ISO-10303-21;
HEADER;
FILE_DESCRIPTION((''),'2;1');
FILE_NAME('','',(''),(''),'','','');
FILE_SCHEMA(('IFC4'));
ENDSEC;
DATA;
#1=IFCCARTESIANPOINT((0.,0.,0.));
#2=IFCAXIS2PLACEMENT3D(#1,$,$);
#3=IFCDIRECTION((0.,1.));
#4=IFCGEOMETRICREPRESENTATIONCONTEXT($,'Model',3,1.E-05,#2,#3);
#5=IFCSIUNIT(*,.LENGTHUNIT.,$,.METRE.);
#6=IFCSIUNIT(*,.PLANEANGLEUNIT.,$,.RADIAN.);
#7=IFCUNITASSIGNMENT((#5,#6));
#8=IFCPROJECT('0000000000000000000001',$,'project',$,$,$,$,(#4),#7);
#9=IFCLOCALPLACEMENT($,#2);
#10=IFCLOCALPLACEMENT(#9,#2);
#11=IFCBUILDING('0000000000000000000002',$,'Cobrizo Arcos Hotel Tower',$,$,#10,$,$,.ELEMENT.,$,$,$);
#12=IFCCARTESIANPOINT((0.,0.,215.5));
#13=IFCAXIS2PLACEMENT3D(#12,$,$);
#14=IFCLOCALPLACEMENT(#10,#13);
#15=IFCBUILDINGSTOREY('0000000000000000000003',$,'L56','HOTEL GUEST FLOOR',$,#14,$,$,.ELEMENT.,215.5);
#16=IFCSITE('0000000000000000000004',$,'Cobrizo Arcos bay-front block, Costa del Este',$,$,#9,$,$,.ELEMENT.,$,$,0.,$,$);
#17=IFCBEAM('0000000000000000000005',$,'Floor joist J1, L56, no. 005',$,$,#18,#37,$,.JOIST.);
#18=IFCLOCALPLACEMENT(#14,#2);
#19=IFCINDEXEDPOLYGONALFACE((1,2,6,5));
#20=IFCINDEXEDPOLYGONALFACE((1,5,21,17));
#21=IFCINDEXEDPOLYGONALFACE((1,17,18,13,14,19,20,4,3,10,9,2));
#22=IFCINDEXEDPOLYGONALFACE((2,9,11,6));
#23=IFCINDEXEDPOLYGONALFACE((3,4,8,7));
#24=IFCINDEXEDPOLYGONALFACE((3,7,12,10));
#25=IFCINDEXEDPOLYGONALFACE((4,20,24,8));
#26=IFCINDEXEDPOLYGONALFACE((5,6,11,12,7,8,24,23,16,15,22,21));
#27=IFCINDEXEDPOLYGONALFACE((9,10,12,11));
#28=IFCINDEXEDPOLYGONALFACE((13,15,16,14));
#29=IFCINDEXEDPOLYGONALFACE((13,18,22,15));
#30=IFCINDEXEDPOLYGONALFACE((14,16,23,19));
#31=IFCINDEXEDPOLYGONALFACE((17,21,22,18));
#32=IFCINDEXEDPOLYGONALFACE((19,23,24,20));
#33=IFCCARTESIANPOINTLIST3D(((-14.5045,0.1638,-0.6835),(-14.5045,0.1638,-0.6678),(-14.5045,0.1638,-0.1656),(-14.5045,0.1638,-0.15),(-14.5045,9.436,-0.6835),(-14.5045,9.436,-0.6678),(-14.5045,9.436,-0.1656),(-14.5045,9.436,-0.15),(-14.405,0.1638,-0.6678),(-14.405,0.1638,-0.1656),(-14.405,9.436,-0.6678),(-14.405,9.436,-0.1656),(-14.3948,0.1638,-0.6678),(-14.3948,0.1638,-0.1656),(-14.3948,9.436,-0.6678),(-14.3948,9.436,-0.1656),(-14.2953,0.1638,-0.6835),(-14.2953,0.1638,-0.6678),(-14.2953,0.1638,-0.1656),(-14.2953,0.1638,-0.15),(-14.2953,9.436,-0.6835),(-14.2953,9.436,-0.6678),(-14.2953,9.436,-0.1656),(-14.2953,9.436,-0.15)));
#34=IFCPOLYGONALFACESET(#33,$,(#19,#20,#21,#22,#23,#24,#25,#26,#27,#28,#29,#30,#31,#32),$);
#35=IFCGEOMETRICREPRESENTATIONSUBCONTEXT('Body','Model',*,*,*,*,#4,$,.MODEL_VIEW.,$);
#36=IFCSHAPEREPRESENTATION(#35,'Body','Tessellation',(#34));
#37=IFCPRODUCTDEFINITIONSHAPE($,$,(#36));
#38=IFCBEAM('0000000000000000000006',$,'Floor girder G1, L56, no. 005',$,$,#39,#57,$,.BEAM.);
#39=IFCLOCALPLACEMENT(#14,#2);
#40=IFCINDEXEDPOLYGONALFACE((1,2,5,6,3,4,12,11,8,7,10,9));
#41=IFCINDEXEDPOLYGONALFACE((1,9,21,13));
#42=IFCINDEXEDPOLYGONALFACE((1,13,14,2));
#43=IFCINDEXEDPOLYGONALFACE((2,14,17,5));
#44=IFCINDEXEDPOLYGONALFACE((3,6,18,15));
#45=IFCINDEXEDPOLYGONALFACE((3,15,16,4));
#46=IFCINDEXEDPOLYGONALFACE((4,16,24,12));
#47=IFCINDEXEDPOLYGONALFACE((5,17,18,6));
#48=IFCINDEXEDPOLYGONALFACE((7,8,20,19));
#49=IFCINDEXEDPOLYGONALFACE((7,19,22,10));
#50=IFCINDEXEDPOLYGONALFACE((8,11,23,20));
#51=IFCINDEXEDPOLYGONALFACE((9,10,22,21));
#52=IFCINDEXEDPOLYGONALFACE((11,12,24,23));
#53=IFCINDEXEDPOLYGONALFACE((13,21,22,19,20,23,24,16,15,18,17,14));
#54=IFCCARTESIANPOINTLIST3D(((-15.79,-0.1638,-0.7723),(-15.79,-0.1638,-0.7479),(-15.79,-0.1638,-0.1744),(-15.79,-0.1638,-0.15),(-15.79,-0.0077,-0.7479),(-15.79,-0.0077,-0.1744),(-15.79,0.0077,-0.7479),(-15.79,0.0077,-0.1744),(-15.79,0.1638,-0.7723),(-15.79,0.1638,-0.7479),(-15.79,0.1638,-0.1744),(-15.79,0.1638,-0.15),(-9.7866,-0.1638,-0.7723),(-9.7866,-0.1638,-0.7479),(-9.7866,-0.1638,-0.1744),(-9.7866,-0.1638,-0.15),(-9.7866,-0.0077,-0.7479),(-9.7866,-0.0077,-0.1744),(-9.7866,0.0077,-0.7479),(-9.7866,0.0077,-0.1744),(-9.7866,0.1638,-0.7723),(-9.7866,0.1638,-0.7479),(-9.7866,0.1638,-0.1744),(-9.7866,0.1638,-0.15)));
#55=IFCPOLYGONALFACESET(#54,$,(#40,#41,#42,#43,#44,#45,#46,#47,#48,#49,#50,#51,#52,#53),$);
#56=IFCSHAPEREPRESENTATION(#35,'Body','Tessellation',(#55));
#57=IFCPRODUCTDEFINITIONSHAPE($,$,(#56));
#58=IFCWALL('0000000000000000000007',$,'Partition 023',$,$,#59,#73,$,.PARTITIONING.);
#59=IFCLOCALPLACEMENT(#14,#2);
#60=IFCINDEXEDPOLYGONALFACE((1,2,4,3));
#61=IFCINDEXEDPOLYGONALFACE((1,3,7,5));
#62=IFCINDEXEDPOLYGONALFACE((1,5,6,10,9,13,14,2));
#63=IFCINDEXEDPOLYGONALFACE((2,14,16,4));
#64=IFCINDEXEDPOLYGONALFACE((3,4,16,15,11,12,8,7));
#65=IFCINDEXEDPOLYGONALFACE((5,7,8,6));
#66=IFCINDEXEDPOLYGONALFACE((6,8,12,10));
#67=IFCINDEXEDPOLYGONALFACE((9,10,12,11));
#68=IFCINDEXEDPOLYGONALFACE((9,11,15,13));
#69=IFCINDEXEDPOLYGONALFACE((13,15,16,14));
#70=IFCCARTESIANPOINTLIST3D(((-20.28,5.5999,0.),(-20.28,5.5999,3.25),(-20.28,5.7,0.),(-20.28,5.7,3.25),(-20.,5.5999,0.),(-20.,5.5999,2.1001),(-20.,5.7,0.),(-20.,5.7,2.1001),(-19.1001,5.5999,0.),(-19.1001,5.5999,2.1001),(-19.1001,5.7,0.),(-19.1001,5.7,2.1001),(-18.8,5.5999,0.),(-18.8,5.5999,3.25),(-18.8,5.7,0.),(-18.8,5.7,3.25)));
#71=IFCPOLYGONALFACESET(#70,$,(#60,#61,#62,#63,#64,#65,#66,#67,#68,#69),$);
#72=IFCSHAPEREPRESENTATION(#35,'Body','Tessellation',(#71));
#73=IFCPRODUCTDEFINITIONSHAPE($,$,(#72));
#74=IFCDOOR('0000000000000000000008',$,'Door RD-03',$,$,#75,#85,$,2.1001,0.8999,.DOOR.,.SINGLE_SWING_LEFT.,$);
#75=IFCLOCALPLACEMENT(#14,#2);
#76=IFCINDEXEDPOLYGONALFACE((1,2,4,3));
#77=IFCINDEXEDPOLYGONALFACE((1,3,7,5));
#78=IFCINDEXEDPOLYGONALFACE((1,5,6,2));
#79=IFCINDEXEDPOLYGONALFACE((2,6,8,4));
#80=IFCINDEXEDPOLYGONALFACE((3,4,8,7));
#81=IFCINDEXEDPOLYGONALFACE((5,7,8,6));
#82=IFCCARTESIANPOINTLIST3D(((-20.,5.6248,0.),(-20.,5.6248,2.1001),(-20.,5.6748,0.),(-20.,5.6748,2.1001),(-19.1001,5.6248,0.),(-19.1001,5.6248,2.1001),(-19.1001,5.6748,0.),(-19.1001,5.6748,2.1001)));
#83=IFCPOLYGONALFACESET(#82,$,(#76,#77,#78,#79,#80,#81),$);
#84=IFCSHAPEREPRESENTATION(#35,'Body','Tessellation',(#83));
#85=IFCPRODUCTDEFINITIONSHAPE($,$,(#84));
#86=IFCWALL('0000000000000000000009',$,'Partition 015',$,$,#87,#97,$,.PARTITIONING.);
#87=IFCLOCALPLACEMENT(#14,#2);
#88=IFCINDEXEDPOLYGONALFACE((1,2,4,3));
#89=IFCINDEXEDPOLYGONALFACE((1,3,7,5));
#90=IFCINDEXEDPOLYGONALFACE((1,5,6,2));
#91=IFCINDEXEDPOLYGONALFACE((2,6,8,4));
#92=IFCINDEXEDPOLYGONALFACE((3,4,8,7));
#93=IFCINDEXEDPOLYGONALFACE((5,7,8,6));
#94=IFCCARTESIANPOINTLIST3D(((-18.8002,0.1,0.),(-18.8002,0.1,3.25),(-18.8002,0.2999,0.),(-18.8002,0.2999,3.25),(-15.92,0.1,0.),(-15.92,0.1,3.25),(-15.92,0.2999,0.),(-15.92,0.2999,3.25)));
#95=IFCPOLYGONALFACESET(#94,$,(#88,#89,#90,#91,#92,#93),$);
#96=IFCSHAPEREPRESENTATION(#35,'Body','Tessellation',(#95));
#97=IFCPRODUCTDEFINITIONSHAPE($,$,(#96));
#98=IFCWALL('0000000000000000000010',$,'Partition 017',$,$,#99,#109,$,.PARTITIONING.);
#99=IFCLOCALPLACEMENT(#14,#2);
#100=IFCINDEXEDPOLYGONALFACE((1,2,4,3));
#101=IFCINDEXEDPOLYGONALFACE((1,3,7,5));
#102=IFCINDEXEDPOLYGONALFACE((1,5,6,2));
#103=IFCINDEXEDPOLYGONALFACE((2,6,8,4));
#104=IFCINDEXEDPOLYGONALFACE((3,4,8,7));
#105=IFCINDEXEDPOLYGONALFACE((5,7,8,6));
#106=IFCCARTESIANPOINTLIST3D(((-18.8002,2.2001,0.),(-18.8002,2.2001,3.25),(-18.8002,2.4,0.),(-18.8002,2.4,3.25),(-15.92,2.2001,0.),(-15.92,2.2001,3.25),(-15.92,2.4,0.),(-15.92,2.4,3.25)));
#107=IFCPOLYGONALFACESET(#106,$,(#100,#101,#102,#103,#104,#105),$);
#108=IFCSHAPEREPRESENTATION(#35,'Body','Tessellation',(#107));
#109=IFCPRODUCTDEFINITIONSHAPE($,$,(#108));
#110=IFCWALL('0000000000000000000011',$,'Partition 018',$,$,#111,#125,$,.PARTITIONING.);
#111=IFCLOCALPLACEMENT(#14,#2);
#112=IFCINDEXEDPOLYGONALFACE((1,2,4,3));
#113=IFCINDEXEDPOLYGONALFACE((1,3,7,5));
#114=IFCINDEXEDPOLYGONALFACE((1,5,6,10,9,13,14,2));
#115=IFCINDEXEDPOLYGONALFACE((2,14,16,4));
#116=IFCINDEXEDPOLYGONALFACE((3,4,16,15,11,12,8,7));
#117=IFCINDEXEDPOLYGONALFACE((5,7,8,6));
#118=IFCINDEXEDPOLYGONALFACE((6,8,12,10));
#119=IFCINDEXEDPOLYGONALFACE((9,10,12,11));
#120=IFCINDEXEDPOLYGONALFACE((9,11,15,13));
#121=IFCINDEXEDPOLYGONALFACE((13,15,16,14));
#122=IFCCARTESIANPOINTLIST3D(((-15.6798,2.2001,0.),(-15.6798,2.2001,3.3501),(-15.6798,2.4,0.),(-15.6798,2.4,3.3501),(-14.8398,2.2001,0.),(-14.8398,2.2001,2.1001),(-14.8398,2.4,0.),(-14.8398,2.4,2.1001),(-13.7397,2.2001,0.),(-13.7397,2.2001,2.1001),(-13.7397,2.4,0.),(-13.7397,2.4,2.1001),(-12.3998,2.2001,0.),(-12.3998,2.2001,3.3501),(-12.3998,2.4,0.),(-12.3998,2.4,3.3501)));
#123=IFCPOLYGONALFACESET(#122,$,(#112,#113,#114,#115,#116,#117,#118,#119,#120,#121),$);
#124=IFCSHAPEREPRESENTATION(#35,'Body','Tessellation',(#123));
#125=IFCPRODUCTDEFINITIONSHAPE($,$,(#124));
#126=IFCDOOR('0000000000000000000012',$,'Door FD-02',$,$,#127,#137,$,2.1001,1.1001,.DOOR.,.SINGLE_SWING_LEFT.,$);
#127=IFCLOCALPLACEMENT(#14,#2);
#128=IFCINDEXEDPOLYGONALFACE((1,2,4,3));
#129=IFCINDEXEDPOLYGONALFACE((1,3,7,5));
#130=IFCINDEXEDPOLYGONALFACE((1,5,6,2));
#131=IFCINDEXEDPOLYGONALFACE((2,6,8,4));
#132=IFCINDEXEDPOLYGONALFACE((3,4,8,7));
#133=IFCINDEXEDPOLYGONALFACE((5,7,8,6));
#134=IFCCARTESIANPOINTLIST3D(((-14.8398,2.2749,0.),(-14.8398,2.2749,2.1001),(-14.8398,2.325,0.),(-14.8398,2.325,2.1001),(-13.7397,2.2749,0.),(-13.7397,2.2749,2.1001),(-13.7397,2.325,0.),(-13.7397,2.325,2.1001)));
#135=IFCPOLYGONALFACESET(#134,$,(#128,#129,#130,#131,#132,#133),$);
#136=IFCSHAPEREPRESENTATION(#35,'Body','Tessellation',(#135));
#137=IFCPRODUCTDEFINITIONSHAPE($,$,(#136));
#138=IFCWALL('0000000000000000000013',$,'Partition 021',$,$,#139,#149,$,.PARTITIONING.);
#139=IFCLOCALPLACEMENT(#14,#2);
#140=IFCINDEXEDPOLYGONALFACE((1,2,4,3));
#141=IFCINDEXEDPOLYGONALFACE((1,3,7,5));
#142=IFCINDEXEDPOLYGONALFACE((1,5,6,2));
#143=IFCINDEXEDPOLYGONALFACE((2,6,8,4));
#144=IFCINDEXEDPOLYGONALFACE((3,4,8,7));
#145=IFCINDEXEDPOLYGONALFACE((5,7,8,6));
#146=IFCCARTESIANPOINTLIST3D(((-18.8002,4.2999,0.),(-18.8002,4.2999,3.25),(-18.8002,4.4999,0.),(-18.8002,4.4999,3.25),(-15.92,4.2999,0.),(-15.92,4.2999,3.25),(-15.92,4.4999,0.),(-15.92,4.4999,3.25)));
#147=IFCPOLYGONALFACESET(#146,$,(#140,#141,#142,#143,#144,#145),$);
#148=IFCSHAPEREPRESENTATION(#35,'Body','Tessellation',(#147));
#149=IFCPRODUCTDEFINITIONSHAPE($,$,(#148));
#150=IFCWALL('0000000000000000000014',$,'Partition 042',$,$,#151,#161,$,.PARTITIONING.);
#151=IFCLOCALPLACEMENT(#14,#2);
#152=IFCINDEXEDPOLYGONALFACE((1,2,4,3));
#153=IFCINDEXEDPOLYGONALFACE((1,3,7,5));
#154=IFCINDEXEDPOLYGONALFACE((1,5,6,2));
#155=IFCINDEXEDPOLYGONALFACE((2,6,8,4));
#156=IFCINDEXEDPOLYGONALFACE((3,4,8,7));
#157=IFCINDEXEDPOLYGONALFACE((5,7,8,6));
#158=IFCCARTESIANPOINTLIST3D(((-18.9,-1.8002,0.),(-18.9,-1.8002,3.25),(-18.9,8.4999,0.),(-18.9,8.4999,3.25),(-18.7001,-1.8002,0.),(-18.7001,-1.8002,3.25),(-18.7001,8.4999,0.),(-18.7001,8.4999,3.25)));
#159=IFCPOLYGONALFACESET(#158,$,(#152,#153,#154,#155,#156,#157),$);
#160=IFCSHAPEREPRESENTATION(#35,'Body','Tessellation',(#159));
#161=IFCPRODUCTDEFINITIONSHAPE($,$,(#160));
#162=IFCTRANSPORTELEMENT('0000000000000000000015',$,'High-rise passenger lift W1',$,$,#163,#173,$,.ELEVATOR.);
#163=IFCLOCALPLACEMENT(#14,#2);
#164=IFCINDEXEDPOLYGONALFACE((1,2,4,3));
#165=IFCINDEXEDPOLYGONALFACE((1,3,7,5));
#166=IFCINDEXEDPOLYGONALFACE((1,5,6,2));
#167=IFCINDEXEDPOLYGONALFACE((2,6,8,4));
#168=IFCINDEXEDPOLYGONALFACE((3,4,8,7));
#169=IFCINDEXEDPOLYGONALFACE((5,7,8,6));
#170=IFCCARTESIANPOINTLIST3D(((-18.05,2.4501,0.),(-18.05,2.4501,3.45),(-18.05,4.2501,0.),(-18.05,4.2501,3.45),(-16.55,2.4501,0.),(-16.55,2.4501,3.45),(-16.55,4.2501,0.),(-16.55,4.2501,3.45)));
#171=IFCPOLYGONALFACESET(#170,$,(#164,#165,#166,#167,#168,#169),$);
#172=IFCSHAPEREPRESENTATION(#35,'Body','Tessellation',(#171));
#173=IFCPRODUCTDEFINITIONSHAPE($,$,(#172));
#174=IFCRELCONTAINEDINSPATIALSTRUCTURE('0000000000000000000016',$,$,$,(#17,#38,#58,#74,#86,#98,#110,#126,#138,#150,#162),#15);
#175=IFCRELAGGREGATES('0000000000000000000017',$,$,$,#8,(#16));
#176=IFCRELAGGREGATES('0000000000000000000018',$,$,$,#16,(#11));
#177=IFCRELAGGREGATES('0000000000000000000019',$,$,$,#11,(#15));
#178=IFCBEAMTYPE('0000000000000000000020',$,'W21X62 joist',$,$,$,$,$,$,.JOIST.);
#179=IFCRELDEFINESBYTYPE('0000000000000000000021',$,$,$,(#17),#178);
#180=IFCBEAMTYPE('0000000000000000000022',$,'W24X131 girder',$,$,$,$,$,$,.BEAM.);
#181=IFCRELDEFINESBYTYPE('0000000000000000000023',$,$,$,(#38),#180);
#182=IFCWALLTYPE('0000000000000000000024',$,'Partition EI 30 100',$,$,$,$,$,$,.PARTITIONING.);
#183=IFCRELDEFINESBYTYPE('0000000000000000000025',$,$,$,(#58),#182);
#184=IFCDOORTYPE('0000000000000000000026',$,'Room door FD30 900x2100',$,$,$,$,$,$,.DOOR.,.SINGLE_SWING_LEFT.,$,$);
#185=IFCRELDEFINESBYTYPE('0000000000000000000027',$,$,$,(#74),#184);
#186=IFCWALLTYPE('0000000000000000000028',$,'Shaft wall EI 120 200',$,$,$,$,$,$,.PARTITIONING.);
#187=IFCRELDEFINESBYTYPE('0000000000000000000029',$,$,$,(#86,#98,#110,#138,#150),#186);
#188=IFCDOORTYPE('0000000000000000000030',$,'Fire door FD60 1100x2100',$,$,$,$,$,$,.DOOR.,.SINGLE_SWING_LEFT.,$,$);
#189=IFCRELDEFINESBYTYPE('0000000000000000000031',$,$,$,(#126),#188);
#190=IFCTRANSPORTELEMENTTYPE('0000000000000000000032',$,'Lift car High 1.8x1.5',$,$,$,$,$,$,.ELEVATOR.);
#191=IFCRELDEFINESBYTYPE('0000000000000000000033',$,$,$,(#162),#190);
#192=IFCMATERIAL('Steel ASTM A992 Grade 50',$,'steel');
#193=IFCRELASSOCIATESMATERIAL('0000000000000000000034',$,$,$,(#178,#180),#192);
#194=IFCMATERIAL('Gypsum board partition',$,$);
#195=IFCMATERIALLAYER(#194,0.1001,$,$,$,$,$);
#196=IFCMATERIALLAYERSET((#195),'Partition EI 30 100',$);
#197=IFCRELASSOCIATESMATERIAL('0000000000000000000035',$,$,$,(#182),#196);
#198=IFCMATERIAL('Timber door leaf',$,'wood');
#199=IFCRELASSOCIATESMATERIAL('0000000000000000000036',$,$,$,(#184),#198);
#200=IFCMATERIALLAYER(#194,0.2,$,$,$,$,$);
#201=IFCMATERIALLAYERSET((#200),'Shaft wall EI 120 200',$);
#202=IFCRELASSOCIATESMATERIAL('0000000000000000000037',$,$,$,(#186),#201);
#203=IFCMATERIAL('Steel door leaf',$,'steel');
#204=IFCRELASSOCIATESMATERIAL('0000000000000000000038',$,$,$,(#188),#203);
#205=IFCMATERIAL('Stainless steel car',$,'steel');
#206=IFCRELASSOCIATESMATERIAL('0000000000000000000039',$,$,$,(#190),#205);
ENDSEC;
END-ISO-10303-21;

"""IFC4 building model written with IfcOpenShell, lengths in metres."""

from ifc_helpers import new_model, si_unit, direction, frame, frame_2d, origin, origin_2d, place, context, subcontext, project, spatial, rectangle, i_section, extrude, material, layer, layer_set, material_profile, profile_set, type_object, element, fill, save


model = new_model("IFC4")

# Units and contexts
model_context = context("Model", 3, precision=1e-05, world=origin(), true_north=direction((0.0, 1.0)))
body_context = subcontext(model_context, "Body", "Model", "MODEL_VIEW")
ifc_project = project(units=[si_unit("LENGTHUNIT", "METRE"), si_unit("PLANEANGLEUNIT", "RADIAN")], contexts=[model_context])

# Site, building, storey
site_placement = place(None, origin())
site = spatial("IfcSite", under=ifc_project, at=site_placement, Name="Cobrizo Arcos bay-front block, Costa del Este", CompositionType="ELEMENT", RefElevation=0.0)
building_placement = place(site_placement, origin())
building = spatial("IfcBuilding", under=site, at=building_placement, Name="Cobrizo Arcos Hotel Tower", CompositionType="ELEMENT")
storey_placement = place(building_placement, frame((0.0, 0.0, 215.5)))
storey = spatial("IfcBuildingStorey", under=building, at=storey_placement, Name="L56", Description="HOTEL GUEST FLOOR", CompositionType="ELEMENT", Elevation=215.5)

# Beams
ifc_material_1 = material(Name="Steel ASTM A992 Grade 50", Category="steel")
ifc_material_profile_1 = material_profile(ifc_material_1, i_section(OverallWidth=0.2092, OverallDepth=0.5334, WebThickness=0.0103, FlangeThickness=0.0156, at=origin_2d()), Name="W21X62")
ifc_profile_set_1 = profile_set([ifc_material_profile_1], Name="Steel ASTM A992 Grade 50")
beam_type_1 = type_object("IfcBeamType", Name="W21X62 joist", PredefinedType="JOIST", material=ifc_profile_set_1)
beam_1_placement = place(storey_placement, frame((-14.3999, 0.1638, -0.4167), z_axis=(0.0, 1.0, 0.0), x_axis=(-1.0, 0.0, 0.0)))
element("IfcBeam", 1, at=beam_1_placement, inside=storey, type_object=beam_type_1, Name="Floor joist J1, L56, no. 005", PredefinedType="JOIST", context=body_context, shape_type="SweptSolid", body=[
    extrude(i_section(OverallWidth=0.2092, OverallDepth=0.5334, WebThickness=0.0103, FlangeThickness=0.0156, at=origin_2d()), origin(), (0.0, 0.0, 1.0), 9.2722),
])
ifc_material_profile_2 = material_profile(ifc_material_1, i_section(OverallWidth=0.3276, OverallDepth=0.6223, WebThickness=0.0154, FlangeThickness=0.0244, at=origin_2d()), Name="W24X131")
ifc_profile_set_2 = profile_set([ifc_material_profile_2], Name="Steel ASTM A992 Grade 50")
beam_type_2 = type_object("IfcBeamType", Name="W24X131 girder", PredefinedType="BEAM", material=ifc_profile_set_2)
beam_2_placement = place(storey_placement, frame((-15.79, 0.0, -0.4612), z_axis=(1.0, 0.0, 0.0), x_axis=(0.0, 1.0, 0.0)))
element("IfcBeam", 2, at=beam_2_placement, inside=storey, type_object=beam_type_2, Name="Floor girder G1, L56, no. 005", PredefinedType="BEAM", context=body_context, shape_type="SweptSolid", body=[
    extrude(i_section(OverallWidth=0.3276, OverallDepth=0.6223, WebThickness=0.0154, FlangeThickness=0.0244, at=origin_2d()), origin(), (0.0, 0.0, 1.0), 6.0034),
])

# Wall, opening, door
ifc_material_2 = material(Name="Gypsum board partition")
ifc_layer_1 = layer(ifc_material_2, 0.1001)
ifc_layer_set_1 = layer_set([ifc_layer_1], Name="Partition EI 30 100")
wall_type_1 = type_object("IfcWallType", Name="Partition EI 30 100", PredefinedType="PARTITIONING", material=ifc_layer_set_1)
wall_1_placement = place(storey_placement, frame((-20.28, 5.6499, 0.0), z_axis=(0.0, 0.0, 1.0), x_axis=(1.0, 0.0, 0.0)))
wall_1 = element("IfcWall", 3, at=wall_1_placement, inside=storey, type_object=wall_type_1, Name="Partition 023", PredefinedType="PARTITIONING", context=body_context, shape_type="SweptSolid", body=[
    extrude(rectangle(XDim=1.48, YDim=0.1001, at=frame_2d((0.74, 0.0))), origin(), (0.0, 0.0, 1.0), 3.25),
])
opening_1_placement = place(wall_1_placement, frame((0.28, 0.0, 0.0)))
opening_1 = element("IfcOpeningElement", 4, at=opening_1_placement, cuts=wall_1, PredefinedType="OPENING", context=body_context, shape_type="SweptSolid", body=[
    extrude(rectangle(XDim=0.8999, YDim=2.1001, at=frame_2d((0.45, 1.05))), frame((0.0, 0.062, 0.0), z_axis=(0.0, -1.0, 0.0), x_axis=(1.0, 0.0, 0.0)), (0.0, 0.0, 1.0), 0.124),
])
ifc_material_3 = material(Name="Timber door leaf", Category="wood")
door_type_1 = type_object("IfcDoorType", Name="Room door FD30 900x2100", OperationType="SINGLE_SWING_LEFT", PredefinedType="DOOR", material=ifc_material_3)
door_1_placement = place(opening_1_placement, origin())
door_1 = element("IfcDoor", 5, at=door_1_placement, inside=storey, type_object=door_type_1, Name="Door RD-03", OperationType="SINGLE_SWING_LEFT", OverallHeight=2.1001, OverallWidth=0.8999, PredefinedType="DOOR", context=body_context, shape_type="SweptSolid", body=[
    extrude(rectangle(XDim=0.8999, YDim=2.1001, at=frame_2d((0.45, 1.05))), frame((0.0, 0.0249, 0.0), z_axis=(0.0, -1.0, 0.0), x_axis=(1.0, 0.0, 0.0)), (0.0, 0.0, 1.0), 0.05),
])
fill(opening_1, door_1)

# Walls
ifc_layer_2 = layer(ifc_material_2, 0.2)
ifc_layer_set_2 = layer_set([ifc_layer_2], Name="Shaft wall EI 120 200")
wall_type_2 = type_object("IfcWallType", Name="Shaft wall EI 120 200", PredefinedType="PARTITIONING", material=ifc_layer_set_2)
for number, where, z_axis, x_axis, name in (
    (6, (-18.8, 0.2, 0.0), (0.0, 0.0, 1.0), (1.0, 0.0, 0.0), "Partition 015"),
    (7, (-18.8, 2.3, 0.0), (0.0, 0.0, 1.0), (1.0, 0.0, 0.0), "Partition 017"),
):
    element("IfcWall", number, at=place(storey_placement, frame(where, z_axis=z_axis, x_axis=x_axis)), inside=storey, type_object=wall_type_2, Name=name, PredefinedType="PARTITIONING", context=body_context, shape_type="SweptSolid", body=[
        extrude(rectangle(XDim=2.8801, YDim=0.2, at=frame_2d((1.4399, 0.0))), origin(), (0.0, 0.0, 1.0), 3.25),
    ])

# Wall, opening, door
wall_2_placement = place(storey_placement, frame((-15.6799, 2.3, 0.0), z_axis=(0.0, 0.0, 1.0), x_axis=(1.0, 0.0, 0.0)))
wall_2 = element("IfcWall", 8, at=wall_2_placement, inside=storey, type_object=wall_type_2, Name="Partition 018", PredefinedType="PARTITIONING", context=body_context, shape_type="SweptSolid", body=[
    extrude(rectangle(XDim=3.28, YDim=0.2, at=frame_2d((1.6401, 0.0))), origin(), (0.0, 0.0, 1.0), 3.3501),
])
opening_2_placement = place(wall_2_placement, frame((0.8401, 0.0, 0.0)))
opening_2 = element("IfcOpeningElement", 9, at=opening_2_placement, cuts=wall_2, PredefinedType="OPENING", context=body_context, shape_type="SweptSolid", body=[
    extrude(rectangle(XDim=1.1001, YDim=2.1001, at=frame_2d((0.55, 1.05))), frame((0.0, 0.1121, 0.0), z_axis=(0.0, -1.0, 0.0), x_axis=(1.0, 0.0, 0.0)), (0.0, 0.0, 1.0), 0.2239),
])
ifc_material_4 = material(Name="Steel door leaf", Category="steel")
door_type_2 = type_object("IfcDoorType", Name="Fire door FD60 1100x2100", OperationType="SINGLE_SWING_LEFT", PredefinedType="DOOR", material=ifc_material_4)
door_2_placement = place(opening_2_placement, origin())
door_2 = element("IfcDoor", 10, at=door_2_placement, inside=storey, type_object=door_type_2, Name="Door FD-02", OperationType="SINGLE_SWING_LEFT", OverallHeight=2.1001, OverallWidth=1.1001, PredefinedType="DOOR", context=body_context, shape_type="SweptSolid", body=[
    extrude(rectangle(XDim=1.1001, YDim=2.1001, at=frame_2d((0.55, 1.05))), frame((0.0, 0.0249, 0.0), z_axis=(0.0, -1.0, 0.0), x_axis=(1.0, 0.0, 0.0)), (0.0, 0.0, 1.0), 0.05),
])
fill(opening_2, door_2)

# Walls
wall_3_placement = place(storey_placement, frame((-18.8, 4.3999, 0.0), z_axis=(0.0, 0.0, 1.0), x_axis=(1.0, 0.0, 0.0)))
element("IfcWall", 11, at=wall_3_placement, inside=storey, type_object=wall_type_2, Name="Partition 021", PredefinedType="PARTITIONING", context=body_context, shape_type="SweptSolid", body=[
    extrude(rectangle(XDim=2.8801, YDim=0.2, at=frame_2d((1.4399, 0.0))), origin(), (0.0, 0.0, 1.0), 3.25),
])
wall_4_placement = place(storey_placement, frame((-18.8, -1.8, 0.0), z_axis=(0.0, 0.0, 1.0), x_axis=(0.0, 1.0, 0.0)))
element("IfcWall", 12, at=wall_4_placement, inside=storey, type_object=wall_type_2, Name="Partition 042", PredefinedType="PARTITIONING", context=body_context, shape_type="SweptSolid", body=[
    extrude(rectangle(XDim=10.3, YDim=0.2, at=frame_2d((5.1499, 0.0))), origin(), (0.0, 0.0, 1.0), 3.25),
])

# Transport element
ifc_material_5 = material(Name="Stainless steel car", Category="steel")
transport_element_type = type_object("IfcTransportElementType", Name="Lift car High 1.8x1.5", PredefinedType="ELEVATOR", material=ifc_material_5)
for number, where, z_axis, x_axis, name in (
    (13, (-17.3, 3.3501, 0.0), (0.0, 0.0, 1.0), (1.0, 0.0, 0.0), "High-rise passenger lift W1"),
):
    element("IfcTransportElement", number, at=place(storey_placement, frame(where, z_axis=z_axis, x_axis=x_axis)), inside=storey, type_object=transport_element_type, Name=name, PredefinedType="ELEVATOR", context=body_context, shape_type="SweptSolid", body=[
        extrude(rectangle(XDim=1.5, YDim=1.8, at=origin_2d()), origin(), (0.0, 0.0, 1.0), 3.45),
    ])

save(model, "model.ifc")
